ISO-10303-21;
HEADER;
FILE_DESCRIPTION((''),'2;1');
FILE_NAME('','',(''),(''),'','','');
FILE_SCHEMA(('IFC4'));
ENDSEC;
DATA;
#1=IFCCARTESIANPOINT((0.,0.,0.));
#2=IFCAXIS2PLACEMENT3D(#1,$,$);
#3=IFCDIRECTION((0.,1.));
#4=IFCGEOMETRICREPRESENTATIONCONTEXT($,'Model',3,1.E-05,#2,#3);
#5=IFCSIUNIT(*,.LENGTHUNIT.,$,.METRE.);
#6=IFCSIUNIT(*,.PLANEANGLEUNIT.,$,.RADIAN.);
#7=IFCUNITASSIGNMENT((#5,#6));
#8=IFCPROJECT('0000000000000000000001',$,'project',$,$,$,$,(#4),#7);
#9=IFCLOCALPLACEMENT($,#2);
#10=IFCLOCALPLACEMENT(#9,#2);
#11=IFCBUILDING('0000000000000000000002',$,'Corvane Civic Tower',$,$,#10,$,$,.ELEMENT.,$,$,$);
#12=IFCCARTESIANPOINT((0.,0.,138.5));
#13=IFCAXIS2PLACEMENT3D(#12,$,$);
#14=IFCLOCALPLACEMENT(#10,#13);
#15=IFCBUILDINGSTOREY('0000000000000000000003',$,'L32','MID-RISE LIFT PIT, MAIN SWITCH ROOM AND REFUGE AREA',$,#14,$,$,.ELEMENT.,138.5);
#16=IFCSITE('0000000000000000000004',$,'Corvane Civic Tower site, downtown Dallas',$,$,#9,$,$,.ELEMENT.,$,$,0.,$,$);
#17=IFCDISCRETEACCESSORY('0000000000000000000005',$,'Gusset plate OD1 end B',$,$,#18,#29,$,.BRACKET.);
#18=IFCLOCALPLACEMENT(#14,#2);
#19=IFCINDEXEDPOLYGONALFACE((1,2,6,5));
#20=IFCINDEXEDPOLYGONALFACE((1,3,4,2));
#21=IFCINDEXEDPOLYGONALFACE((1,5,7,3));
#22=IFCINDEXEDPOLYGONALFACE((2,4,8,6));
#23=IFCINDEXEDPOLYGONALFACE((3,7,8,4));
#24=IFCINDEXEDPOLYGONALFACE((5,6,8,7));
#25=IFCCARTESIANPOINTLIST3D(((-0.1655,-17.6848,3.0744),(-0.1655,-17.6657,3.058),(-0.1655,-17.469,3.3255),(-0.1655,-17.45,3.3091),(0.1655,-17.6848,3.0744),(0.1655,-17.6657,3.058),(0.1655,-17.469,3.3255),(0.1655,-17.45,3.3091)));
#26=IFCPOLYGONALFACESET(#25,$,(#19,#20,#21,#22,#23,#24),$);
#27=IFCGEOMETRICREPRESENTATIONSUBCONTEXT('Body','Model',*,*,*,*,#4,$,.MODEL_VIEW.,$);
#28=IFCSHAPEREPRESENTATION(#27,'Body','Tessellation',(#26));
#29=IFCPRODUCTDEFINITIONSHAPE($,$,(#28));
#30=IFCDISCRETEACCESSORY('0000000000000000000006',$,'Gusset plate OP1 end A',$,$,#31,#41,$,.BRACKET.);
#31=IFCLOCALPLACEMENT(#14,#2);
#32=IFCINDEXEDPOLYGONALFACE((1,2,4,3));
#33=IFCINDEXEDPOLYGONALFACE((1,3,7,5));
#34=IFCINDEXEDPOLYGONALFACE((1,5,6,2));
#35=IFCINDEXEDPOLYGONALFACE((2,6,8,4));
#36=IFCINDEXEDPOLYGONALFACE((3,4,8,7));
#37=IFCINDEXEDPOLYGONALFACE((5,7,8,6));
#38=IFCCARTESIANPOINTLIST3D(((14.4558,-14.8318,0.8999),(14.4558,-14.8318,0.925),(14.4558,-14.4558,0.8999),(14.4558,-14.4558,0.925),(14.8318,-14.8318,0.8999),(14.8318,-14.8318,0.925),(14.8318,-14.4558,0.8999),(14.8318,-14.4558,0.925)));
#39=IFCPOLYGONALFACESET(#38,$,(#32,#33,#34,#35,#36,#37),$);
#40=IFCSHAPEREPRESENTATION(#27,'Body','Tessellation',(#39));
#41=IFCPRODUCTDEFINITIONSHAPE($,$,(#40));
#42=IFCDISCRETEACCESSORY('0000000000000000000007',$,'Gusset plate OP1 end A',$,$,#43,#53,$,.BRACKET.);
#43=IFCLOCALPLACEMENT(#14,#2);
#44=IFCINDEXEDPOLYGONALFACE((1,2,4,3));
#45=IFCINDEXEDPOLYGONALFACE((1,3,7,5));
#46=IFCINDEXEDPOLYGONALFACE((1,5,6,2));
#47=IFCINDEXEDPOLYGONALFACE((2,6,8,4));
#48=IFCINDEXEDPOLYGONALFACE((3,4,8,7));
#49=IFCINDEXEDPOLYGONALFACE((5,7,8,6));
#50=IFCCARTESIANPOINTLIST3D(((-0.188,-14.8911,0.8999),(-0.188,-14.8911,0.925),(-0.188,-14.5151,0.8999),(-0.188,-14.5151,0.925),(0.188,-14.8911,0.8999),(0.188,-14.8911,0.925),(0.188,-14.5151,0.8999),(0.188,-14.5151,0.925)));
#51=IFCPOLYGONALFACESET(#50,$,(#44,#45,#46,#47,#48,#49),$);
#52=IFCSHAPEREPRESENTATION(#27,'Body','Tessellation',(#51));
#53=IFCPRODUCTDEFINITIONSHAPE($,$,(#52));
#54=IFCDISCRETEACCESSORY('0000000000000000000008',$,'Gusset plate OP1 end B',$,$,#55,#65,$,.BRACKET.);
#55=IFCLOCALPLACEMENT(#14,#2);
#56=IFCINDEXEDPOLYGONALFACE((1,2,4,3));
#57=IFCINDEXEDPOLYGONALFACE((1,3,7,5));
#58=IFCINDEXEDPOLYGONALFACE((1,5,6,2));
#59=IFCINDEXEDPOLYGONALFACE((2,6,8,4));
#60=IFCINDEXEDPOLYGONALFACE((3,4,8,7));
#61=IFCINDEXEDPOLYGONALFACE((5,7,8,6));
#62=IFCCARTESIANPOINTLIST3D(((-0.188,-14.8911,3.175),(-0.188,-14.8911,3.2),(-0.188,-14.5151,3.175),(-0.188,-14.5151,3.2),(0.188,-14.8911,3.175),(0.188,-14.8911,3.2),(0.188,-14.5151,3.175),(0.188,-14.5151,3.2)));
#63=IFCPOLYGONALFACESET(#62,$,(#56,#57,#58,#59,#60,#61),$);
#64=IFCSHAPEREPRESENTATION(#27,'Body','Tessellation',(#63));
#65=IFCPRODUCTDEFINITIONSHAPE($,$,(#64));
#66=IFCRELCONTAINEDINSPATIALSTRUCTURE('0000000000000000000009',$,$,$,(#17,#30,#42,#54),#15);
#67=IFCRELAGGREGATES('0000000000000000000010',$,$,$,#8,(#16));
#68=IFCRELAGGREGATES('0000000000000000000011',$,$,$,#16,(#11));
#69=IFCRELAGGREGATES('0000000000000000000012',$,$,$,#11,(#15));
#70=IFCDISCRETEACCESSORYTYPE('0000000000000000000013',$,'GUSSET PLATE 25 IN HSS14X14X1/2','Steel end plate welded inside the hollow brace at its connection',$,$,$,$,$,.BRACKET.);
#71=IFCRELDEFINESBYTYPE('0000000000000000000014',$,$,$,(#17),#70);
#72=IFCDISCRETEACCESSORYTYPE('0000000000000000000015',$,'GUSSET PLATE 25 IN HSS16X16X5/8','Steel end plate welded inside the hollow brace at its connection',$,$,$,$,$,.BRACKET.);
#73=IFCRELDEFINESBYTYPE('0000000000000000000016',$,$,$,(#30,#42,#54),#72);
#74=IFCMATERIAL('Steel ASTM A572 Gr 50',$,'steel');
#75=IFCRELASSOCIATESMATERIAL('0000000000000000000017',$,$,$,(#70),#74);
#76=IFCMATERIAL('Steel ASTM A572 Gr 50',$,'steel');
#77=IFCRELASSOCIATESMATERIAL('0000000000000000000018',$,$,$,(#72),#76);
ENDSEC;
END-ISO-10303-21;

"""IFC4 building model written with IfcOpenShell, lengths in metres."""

from ifc_helpers import new_model, si_unit, direction, frame, origin, origin_2d, place, context, subcontext, project, spatial, rectangle, extrude, material, material_profile, profile_set, type_object, element, save


model = new_model("IFC4")

# Units and contexts
model_context = context("Model", 3, precision=1e-05, world=origin(), true_north=direction((0.0, 1.0)))
body_context = subcontext(model_context, "Body", "Model", "MODEL_VIEW")
ifc_project = project(units=[si_unit("LENGTHUNIT", "METRE"), si_unit("PLANEANGLEUNIT", "RADIAN")], contexts=[model_context])

# Site, building, storey
site_placement = place(None, origin())
site = spatial("IfcSite", under=ifc_project, at=site_placement, Name="Corvane Civic Tower site, downtown Dallas", CompositionType="ELEMENT", RefElevation=0.0)
building_placement = place(site_placement, origin())
building = spatial("IfcBuilding", under=site, at=building_placement, Name="Corvane Civic Tower", CompositionType="ELEMENT")
storey_placement = place(building_placement, frame((0.0, 0.0, 138.5)))
storey = spatial("IfcBuildingStorey", under=building, at=storey_placement, Name="L32", Description="MID-RISE LIFT PIT, MAIN SWITCH ROOM AND REFUGE AREA", CompositionType="ELEMENT", Elevation=138.5)

# Discrete accessories
ifc_material_1 = material(Name="Steel ASTM A572 Gr 50", Category="steel")
ifc_material_profile_1 = material_profile(ifc_material_1, rectangle(XDim=0.3311, YDim=0.3311, at=origin_2d()), Name="GUSSET PLATE 25 IN HSS14X14X1/2")
ifc_profile_set_1 = profile_set([ifc_material_profile_1], Name="Steel ASTM A572 Gr 50")
discrete_accessory_type_1 = type_object("IfcDiscreteAccessoryType", Name="GUSSET PLATE 25 IN HSS14X14X1/2", Description="Steel end plate welded inside the hollow brace at its connection", PredefinedType="BRACKET", material=ifc_profile_set_1)
discrete_accessory_1_placement = place(storey_placement, frame((0.0, -17.5769, 3.2), z_axis=(0.0, 0.75857, -0.651592), x_axis=(-1.0, 0.0, 0.0)))
element("IfcDiscreteAccessory", 1, at=discrete_accessory_1_placement, inside=storey, type_object=discrete_accessory_type_1, Name="Gusset plate OD1 end B", PredefinedType="BRACKET", context=body_context, shape_type="SweptSolid", body=[
    extrude(rectangle(XDim=0.3311, YDim=0.3311, at=origin_2d()), origin(), (0.0, 0.0, 1.0), 0.0251),
])
ifc_material_2 = material(Name="Steel ASTM A572 Gr 50", Category="steel")
ifc_material_profile_2 = material_profile(ifc_material_2, rectangle(XDim=0.376, YDim=0.376, at=origin_2d()), Name="GUSSET PLATE 25 IN HSS16X16X5/8")
ifc_profile_set_2 = profile_set([ifc_material_profile_2], Name="Steel ASTM A572 Gr 50")
discrete_accessory_type_2 = type_object("IfcDiscreteAccessoryType", Name="GUSSET PLATE 25 IN HSS16X16X5/8", Description="Steel end plate welded inside the hollow brace at its connection", PredefinedType="BRACKET", material=ifc_profile_set_2)
for number, where, z_axis, x_axis, name in (
    (2, (14.6438, -14.6438, 0.8999), (0.0, 0.0, 1.0), (1.0, 0.0, 0.0), "Gusset plate OP1 end A"),
    (3, (0.0, -14.7031, 0.8999), (0.0, 0.0, 1.0), (1.0, 0.0, 0.0), "Gusset plate OP1 end A"),
):
    element("IfcDiscreteAccessory", number, at=place(storey_placement, frame(where, z_axis=z_axis, x_axis=x_axis)), inside=storey, type_object=discrete_accessory_type_2, Name=name, PredefinedType="BRACKET", context=body_context, shape_type="SweptSolid", body=[
        extrude(rectangle(XDim=0.376, YDim=0.376, at=origin_2d()), origin(), (0.0, 0.0, 1.0), 0.0251),
    ])
discrete_accessory_2_placement = place(storey_placement, frame((0.0, -14.7031, 3.2), z_axis=(0.0, 0.0, -1.0), x_axis=(1.0, 0.0, 0.0)))
element("IfcDiscreteAccessory", 4, at=discrete_accessory_2_placement, inside=storey, type_object=discrete_accessory_type_2, Name="Gusset plate OP1 end B", PredefinedType="BRACKET", context=body_context, shape_type="SweptSolid", body=[
    extrude(rectangle(XDim=0.376, YDim=0.376, at=origin_2d()), origin(), (0.0, 0.0, 1.0), 0.0249),
])

save(model, "model.ifc")
